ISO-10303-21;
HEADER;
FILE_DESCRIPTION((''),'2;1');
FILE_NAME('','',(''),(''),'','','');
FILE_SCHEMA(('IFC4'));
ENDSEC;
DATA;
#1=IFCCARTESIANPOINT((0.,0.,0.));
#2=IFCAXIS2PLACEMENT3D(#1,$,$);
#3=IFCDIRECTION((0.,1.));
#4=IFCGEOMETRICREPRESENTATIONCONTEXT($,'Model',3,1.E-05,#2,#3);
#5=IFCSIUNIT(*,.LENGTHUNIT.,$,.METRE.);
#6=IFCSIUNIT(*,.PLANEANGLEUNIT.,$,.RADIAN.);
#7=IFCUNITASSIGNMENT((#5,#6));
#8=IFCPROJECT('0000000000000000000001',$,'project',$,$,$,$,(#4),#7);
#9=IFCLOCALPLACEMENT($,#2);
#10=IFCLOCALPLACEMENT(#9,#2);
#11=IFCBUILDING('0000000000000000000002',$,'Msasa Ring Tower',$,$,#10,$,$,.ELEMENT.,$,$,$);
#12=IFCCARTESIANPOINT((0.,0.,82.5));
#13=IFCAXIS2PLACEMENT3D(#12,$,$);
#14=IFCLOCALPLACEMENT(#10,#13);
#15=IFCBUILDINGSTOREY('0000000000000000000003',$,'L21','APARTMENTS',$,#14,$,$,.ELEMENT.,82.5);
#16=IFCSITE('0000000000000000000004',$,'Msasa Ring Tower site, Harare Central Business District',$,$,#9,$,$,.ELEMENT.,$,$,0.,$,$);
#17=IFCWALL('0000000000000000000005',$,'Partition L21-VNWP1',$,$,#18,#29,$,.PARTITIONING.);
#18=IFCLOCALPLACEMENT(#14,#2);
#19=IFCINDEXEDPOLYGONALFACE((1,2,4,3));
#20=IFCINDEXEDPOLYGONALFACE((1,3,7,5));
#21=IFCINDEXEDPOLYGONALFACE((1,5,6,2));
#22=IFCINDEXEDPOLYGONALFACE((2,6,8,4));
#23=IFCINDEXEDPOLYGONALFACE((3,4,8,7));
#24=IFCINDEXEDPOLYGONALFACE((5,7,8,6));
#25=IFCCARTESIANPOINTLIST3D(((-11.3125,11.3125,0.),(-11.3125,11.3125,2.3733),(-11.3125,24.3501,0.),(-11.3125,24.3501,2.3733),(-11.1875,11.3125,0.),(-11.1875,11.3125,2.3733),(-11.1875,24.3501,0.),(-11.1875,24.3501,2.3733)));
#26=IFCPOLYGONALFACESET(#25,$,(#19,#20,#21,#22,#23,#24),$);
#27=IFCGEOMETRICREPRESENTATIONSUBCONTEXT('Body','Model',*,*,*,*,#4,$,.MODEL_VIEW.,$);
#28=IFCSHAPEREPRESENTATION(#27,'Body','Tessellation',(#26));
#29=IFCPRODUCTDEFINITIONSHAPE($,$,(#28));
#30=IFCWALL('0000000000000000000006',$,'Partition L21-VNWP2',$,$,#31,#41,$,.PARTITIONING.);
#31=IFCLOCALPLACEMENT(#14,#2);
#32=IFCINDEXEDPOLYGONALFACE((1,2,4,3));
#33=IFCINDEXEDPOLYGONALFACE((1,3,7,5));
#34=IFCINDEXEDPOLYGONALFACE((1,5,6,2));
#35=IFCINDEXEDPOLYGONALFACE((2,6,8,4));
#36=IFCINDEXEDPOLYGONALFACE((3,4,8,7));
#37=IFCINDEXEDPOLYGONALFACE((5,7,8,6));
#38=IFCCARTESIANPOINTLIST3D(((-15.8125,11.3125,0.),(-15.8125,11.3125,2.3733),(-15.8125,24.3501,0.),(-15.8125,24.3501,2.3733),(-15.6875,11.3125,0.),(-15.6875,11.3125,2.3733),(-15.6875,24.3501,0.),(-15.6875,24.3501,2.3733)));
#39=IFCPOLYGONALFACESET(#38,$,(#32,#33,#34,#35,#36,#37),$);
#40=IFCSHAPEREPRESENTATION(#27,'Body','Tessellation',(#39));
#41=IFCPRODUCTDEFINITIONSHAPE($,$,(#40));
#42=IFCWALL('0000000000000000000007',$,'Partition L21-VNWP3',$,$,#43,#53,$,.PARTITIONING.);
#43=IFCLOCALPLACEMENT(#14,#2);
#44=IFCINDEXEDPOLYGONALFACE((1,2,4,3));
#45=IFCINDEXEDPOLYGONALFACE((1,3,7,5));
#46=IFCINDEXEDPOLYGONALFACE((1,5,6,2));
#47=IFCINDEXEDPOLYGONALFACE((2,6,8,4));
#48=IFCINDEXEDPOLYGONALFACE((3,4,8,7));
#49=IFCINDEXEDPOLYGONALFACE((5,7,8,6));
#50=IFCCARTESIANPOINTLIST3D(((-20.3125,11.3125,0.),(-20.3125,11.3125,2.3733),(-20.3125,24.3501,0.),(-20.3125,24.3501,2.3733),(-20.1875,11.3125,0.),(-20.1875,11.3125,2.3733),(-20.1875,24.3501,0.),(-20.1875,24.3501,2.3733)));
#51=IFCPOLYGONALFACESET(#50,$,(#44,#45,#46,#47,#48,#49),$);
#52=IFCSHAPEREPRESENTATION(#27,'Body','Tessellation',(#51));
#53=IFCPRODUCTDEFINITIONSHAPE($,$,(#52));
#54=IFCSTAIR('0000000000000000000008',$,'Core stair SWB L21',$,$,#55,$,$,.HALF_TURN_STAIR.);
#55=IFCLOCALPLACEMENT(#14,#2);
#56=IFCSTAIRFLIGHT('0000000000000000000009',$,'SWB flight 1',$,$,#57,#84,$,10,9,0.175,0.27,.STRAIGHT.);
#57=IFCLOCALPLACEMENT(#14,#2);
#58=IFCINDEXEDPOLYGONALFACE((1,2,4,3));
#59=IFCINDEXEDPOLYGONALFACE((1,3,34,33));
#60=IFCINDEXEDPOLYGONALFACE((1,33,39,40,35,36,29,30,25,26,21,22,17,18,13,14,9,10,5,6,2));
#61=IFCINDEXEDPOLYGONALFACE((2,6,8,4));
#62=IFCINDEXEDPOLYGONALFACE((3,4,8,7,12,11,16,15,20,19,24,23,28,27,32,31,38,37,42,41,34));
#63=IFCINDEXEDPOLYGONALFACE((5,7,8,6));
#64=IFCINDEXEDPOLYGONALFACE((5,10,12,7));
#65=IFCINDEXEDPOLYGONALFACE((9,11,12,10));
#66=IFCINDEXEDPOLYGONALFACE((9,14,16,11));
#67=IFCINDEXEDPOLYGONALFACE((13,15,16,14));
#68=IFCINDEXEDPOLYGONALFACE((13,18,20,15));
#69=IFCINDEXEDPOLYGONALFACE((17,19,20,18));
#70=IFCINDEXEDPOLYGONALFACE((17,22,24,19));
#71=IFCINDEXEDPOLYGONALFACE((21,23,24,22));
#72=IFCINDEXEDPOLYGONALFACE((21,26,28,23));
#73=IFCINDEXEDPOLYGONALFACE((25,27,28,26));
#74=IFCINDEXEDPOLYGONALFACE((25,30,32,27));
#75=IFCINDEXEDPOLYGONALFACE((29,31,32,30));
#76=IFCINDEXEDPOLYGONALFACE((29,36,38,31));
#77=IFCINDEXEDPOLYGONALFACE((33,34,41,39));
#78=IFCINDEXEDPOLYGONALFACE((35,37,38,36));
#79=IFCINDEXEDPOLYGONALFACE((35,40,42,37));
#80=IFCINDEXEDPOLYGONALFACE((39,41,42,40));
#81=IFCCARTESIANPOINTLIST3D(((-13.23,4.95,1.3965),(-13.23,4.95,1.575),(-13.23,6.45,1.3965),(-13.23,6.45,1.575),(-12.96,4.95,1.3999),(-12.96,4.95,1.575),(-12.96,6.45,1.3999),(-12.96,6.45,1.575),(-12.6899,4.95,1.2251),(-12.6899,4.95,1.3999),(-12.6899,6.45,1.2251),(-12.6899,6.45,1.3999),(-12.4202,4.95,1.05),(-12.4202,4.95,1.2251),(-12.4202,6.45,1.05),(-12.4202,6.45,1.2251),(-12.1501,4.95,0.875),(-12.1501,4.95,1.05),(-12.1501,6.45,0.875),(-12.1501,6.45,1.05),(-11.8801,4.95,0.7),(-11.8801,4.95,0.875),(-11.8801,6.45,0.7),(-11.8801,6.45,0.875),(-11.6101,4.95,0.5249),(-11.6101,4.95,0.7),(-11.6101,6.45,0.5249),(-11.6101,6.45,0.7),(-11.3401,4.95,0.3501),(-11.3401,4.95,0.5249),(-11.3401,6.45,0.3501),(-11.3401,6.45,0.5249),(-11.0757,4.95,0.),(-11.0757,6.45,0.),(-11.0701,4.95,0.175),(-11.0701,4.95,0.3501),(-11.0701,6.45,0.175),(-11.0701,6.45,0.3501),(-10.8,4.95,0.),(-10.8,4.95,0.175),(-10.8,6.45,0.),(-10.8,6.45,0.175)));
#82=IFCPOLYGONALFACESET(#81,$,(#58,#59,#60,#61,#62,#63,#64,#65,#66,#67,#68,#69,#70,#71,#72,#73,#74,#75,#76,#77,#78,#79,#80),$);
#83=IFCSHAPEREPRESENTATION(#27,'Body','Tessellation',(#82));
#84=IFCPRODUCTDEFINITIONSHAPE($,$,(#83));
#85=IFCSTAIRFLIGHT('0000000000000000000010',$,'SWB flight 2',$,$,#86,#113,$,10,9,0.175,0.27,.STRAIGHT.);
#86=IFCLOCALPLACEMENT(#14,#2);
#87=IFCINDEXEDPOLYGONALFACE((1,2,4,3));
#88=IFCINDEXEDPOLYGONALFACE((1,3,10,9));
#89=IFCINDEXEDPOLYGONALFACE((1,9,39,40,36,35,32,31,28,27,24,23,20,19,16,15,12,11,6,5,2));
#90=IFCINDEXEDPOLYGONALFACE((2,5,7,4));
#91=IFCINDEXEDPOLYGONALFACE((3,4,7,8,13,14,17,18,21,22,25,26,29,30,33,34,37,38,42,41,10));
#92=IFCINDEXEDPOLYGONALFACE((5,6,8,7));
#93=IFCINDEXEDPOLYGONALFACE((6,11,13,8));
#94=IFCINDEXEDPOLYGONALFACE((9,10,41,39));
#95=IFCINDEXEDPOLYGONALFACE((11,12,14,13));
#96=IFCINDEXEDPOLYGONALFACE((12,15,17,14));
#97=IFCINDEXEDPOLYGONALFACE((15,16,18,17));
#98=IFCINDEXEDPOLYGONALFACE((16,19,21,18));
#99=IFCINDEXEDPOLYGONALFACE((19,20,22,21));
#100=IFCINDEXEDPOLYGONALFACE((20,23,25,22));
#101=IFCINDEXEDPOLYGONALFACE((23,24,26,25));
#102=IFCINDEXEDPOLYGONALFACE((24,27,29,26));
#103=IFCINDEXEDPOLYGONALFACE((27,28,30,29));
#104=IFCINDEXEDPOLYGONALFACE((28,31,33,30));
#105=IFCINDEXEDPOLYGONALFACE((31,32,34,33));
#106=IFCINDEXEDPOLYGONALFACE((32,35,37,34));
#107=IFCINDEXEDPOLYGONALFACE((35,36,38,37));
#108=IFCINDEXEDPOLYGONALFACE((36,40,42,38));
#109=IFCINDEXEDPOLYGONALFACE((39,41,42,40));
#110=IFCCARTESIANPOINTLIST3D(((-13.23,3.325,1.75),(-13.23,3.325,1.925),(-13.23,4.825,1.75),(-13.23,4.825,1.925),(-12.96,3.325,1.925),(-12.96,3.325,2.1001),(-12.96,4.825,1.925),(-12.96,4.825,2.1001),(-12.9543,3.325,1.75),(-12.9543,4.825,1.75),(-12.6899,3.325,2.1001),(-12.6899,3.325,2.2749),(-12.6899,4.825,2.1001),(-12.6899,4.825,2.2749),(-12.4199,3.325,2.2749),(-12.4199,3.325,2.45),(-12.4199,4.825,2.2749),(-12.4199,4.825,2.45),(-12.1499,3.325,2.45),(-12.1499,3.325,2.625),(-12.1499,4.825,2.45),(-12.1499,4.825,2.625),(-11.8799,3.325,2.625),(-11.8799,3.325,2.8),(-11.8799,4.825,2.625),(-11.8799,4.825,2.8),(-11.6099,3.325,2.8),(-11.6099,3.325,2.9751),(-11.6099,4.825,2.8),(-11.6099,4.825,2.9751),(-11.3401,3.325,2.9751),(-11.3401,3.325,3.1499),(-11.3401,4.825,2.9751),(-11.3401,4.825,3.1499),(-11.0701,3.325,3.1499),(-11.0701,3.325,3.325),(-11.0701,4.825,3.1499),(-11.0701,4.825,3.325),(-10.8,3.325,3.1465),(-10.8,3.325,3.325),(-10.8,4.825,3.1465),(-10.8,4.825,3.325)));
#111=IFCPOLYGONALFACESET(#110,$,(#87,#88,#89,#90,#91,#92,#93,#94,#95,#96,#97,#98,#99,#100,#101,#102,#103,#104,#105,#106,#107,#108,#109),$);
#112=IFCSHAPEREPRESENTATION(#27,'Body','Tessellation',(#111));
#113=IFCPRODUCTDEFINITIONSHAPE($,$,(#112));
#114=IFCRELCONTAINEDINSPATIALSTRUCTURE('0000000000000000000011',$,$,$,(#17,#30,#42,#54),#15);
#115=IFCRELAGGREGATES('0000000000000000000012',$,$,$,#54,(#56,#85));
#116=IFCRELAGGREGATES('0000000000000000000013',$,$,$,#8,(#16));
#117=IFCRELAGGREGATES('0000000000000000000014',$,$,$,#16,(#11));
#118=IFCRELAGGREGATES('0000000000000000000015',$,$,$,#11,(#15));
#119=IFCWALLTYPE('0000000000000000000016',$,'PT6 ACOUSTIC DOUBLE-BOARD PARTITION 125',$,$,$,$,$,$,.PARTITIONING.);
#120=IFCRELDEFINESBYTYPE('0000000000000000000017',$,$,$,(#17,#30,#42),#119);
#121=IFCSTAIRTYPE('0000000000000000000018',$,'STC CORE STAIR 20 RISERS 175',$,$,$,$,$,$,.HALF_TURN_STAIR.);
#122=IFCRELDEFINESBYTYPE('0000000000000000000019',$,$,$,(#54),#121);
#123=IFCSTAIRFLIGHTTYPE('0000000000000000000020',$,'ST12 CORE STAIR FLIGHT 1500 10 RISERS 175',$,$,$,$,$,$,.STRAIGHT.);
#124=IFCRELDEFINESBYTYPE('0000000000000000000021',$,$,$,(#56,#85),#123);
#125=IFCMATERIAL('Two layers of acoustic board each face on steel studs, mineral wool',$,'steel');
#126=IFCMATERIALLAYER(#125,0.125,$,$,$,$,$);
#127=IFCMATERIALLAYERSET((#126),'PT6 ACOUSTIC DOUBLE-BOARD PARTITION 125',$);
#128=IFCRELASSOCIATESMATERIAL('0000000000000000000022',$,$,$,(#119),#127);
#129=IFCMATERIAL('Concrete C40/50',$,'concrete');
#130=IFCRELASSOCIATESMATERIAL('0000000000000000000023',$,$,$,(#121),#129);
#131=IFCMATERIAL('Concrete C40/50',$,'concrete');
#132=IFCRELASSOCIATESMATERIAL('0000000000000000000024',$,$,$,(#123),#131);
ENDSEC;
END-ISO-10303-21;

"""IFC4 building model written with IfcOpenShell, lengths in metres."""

from ifc_helpers import new_model, si_unit, direction, frame, frame_2d, origin, place, context, subcontext, project, spatial, polyline, rectangle, outline, extrude, material, layer, layer_set, type_object, element, aggregate, save


model = new_model("IFC4")

# Units and contexts
model_context = context("Model", 3, precision=1e-05, world=origin(), true_north=direction((0.0, 1.0)))
body_context = subcontext(model_context, "Body", "Model", "MODEL_VIEW")
ifc_project = project(units=[si_unit("LENGTHUNIT", "METRE"), si_unit("PLANEANGLEUNIT", "RADIAN")], contexts=[model_context])

# Site, building, storey
site_placement = place(None, origin())
site = spatial("IfcSite", under=ifc_project, at=site_placement, Name="Msasa Ring Tower site, Harare Central Business District", CompositionType="ELEMENT", RefElevation=0.0)
building_placement = place(site_placement, origin())
building = spatial("IfcBuilding", under=site, at=building_placement, Name="Msasa Ring Tower", CompositionType="ELEMENT")
storey_placement = place(building_placement, frame((0.0, 0.0, 82.5)))
storey = spatial("IfcBuildingStorey", under=building, at=storey_placement, Name="L21", Description="APARTMENTS", CompositionType="ELEMENT", Elevation=82.5)

# Walls
ifc_material_1 = material(Name="Two layers of acoustic board each face on steel studs, mineral wool", Category="steel")
ifc_layer_1 = layer(ifc_material_1, 0.125)
ifc_layer_set_1 = layer_set([ifc_layer_1], Name="PT6 ACOUSTIC DOUBLE-BOARD PARTITION 125")
wall_type_1 = type_object("IfcWallType", Name="PT6 ACOUSTIC DOUBLE-BOARD PARTITION 125", PredefinedType="PARTITIONING", material=ifc_layer_set_1)
for number, where, z_axis, x_axis, name in (
    (1, (-11.25, 11.3125, 0.0), (0.0, 0.0, 1.0), (0.0, 1.0, 0.0), "Partition L21-VNWP1"),
    (2, (-15.75, 11.3125, 0.0), (0.0, 0.0, 1.0), (0.0, 1.0, 0.0), "Partition L21-VNWP2"),
    (3, (-20.25, 11.3125, 0.0), (0.0, 0.0, 1.0), (0.0, 1.0, 0.0), "Partition L21-VNWP3"),
):
    element("IfcWall", number, at=place(storey_placement, frame(where, z_axis=z_axis, x_axis=x_axis)), inside=storey, type_object=wall_type_1, Name=name, PredefinedType="PARTITIONING", context=body_context, shape_type="SweptSolid", body=[
        extrude(rectangle(XDim=13.0376, YDim=0.125, at=frame_2d((6.5188, 0.0))), origin(), (0.0, 0.0, 1.0), 2.3733),
    ])

# Stair, stair flights
ifc_material_2 = material(Name="Concrete C40/50", Category="concrete")
stair_type = type_object("IfcStairType", Name="STC CORE STAIR 20 RISERS 175", PredefinedType="HALF_TURN_STAIR", material=ifc_material_2)
stair_placement = place(storey_placement, origin())
stair = element("IfcStair", 4, at=stair_placement, inside=storey, type_object=stair_type, Name="Core stair SWB L21", PredefinedType="HALF_TURN_STAIR")
ifc_material_3 = material(Name="Concrete C40/50", Category="concrete")
stair_flight_type = type_object("IfcStairFlightType", Name="ST12 CORE STAIR FLIGHT 1500 10 RISERS 175", PredefinedType="STRAIGHT", material=ifc_material_3)
stair_flight_1_placement = place(storey_placement, frame((-10.8, 5.7, 0.0), z_axis=(0.0, 0.0, 1.0), x_axis=(-1.0, 0.0, 0.0)))
stair_flight_1 = element("IfcStairFlight", 5, at=stair_flight_1_placement, type_object=stair_flight_type, Name="SWB flight 1", NumberOfRisers=10, NumberOfTreads=9, PredefinedType="STRAIGHT", RiserHeight=0.175, TreadLength=0.27, context=body_context, shape_type="SweptSolid", body=[
    extrude(outline(polyline([(0.0, 0.0), (0.0, 0.175), (0.27, 0.175), (0.27, 0.3501), (0.54, 0.3501), (0.54, 0.5249), (0.8101, 0.5249), (0.8101, 0.7), (1.0801, 0.7), (1.0801, 0.875), (1.3501, 0.875), (1.3501, 1.05), (1.6201, 1.05), (1.6201, 1.2251), (1.8899, 1.2251), (1.8899, 1.3999), (2.1599, 1.3999), (2.1599, 1.575), (2.4299, 1.575), (2.4299, 1.75), (2.4299, 1.3965), (0.2756, 0.0), (0.0, 0.0)])), frame((0.0, 0.75, 0.0), z_axis=(0.0, -1.0, 0.0), x_axis=(1.0, 0.0, 0.0)), (0.0, 0.0, 1.0), 1.5),
])
stair_flight_2_placement = place(storey_placement, frame((-13.23, 4.075, 1.75), z_axis=(0.0, 0.0, 1.0), x_axis=(1.0, 0.0, 0.0)))
stair_flight_2 = element("IfcStairFlight", 6, at=stair_flight_2_placement, type_object=stair_flight_type, Name="SWB flight 2", NumberOfRisers=10, NumberOfTreads=9, PredefinedType="STRAIGHT", RiserHeight=0.175, TreadLength=0.27, context=body_context, shape_type="SweptSolid", body=[
    extrude(outline(polyline([(0.0, 0.0), (0.0, 0.175), (0.27, 0.175), (0.27, 0.3501), (0.54, 0.3501), (0.54, 0.5249), (0.8101, 0.5249), (0.8101, 0.7), (1.0801, 0.7), (1.0801, 0.875), (1.3501, 0.875), (1.3501, 1.05), (1.6201, 1.05), (1.6201, 1.2251), (1.8899, 1.2251), (1.8899, 1.3999), (2.1599, 1.3999), (2.1599, 1.575), (2.4299, 1.575), (2.4299, 1.75), (2.4299, 1.3965), (0.2756, 0.0), (0.0, 0.0)])), frame((0.0, 0.75, 0.0), z_axis=(0.0, -1.0, 0.0), x_axis=(1.0, 0.0, 0.0)), (0.0, 0.0, 1.0), 1.5),
])
aggregate(stair, [stair_flight_1, stair_flight_2])

save(model, "model.ifc")
